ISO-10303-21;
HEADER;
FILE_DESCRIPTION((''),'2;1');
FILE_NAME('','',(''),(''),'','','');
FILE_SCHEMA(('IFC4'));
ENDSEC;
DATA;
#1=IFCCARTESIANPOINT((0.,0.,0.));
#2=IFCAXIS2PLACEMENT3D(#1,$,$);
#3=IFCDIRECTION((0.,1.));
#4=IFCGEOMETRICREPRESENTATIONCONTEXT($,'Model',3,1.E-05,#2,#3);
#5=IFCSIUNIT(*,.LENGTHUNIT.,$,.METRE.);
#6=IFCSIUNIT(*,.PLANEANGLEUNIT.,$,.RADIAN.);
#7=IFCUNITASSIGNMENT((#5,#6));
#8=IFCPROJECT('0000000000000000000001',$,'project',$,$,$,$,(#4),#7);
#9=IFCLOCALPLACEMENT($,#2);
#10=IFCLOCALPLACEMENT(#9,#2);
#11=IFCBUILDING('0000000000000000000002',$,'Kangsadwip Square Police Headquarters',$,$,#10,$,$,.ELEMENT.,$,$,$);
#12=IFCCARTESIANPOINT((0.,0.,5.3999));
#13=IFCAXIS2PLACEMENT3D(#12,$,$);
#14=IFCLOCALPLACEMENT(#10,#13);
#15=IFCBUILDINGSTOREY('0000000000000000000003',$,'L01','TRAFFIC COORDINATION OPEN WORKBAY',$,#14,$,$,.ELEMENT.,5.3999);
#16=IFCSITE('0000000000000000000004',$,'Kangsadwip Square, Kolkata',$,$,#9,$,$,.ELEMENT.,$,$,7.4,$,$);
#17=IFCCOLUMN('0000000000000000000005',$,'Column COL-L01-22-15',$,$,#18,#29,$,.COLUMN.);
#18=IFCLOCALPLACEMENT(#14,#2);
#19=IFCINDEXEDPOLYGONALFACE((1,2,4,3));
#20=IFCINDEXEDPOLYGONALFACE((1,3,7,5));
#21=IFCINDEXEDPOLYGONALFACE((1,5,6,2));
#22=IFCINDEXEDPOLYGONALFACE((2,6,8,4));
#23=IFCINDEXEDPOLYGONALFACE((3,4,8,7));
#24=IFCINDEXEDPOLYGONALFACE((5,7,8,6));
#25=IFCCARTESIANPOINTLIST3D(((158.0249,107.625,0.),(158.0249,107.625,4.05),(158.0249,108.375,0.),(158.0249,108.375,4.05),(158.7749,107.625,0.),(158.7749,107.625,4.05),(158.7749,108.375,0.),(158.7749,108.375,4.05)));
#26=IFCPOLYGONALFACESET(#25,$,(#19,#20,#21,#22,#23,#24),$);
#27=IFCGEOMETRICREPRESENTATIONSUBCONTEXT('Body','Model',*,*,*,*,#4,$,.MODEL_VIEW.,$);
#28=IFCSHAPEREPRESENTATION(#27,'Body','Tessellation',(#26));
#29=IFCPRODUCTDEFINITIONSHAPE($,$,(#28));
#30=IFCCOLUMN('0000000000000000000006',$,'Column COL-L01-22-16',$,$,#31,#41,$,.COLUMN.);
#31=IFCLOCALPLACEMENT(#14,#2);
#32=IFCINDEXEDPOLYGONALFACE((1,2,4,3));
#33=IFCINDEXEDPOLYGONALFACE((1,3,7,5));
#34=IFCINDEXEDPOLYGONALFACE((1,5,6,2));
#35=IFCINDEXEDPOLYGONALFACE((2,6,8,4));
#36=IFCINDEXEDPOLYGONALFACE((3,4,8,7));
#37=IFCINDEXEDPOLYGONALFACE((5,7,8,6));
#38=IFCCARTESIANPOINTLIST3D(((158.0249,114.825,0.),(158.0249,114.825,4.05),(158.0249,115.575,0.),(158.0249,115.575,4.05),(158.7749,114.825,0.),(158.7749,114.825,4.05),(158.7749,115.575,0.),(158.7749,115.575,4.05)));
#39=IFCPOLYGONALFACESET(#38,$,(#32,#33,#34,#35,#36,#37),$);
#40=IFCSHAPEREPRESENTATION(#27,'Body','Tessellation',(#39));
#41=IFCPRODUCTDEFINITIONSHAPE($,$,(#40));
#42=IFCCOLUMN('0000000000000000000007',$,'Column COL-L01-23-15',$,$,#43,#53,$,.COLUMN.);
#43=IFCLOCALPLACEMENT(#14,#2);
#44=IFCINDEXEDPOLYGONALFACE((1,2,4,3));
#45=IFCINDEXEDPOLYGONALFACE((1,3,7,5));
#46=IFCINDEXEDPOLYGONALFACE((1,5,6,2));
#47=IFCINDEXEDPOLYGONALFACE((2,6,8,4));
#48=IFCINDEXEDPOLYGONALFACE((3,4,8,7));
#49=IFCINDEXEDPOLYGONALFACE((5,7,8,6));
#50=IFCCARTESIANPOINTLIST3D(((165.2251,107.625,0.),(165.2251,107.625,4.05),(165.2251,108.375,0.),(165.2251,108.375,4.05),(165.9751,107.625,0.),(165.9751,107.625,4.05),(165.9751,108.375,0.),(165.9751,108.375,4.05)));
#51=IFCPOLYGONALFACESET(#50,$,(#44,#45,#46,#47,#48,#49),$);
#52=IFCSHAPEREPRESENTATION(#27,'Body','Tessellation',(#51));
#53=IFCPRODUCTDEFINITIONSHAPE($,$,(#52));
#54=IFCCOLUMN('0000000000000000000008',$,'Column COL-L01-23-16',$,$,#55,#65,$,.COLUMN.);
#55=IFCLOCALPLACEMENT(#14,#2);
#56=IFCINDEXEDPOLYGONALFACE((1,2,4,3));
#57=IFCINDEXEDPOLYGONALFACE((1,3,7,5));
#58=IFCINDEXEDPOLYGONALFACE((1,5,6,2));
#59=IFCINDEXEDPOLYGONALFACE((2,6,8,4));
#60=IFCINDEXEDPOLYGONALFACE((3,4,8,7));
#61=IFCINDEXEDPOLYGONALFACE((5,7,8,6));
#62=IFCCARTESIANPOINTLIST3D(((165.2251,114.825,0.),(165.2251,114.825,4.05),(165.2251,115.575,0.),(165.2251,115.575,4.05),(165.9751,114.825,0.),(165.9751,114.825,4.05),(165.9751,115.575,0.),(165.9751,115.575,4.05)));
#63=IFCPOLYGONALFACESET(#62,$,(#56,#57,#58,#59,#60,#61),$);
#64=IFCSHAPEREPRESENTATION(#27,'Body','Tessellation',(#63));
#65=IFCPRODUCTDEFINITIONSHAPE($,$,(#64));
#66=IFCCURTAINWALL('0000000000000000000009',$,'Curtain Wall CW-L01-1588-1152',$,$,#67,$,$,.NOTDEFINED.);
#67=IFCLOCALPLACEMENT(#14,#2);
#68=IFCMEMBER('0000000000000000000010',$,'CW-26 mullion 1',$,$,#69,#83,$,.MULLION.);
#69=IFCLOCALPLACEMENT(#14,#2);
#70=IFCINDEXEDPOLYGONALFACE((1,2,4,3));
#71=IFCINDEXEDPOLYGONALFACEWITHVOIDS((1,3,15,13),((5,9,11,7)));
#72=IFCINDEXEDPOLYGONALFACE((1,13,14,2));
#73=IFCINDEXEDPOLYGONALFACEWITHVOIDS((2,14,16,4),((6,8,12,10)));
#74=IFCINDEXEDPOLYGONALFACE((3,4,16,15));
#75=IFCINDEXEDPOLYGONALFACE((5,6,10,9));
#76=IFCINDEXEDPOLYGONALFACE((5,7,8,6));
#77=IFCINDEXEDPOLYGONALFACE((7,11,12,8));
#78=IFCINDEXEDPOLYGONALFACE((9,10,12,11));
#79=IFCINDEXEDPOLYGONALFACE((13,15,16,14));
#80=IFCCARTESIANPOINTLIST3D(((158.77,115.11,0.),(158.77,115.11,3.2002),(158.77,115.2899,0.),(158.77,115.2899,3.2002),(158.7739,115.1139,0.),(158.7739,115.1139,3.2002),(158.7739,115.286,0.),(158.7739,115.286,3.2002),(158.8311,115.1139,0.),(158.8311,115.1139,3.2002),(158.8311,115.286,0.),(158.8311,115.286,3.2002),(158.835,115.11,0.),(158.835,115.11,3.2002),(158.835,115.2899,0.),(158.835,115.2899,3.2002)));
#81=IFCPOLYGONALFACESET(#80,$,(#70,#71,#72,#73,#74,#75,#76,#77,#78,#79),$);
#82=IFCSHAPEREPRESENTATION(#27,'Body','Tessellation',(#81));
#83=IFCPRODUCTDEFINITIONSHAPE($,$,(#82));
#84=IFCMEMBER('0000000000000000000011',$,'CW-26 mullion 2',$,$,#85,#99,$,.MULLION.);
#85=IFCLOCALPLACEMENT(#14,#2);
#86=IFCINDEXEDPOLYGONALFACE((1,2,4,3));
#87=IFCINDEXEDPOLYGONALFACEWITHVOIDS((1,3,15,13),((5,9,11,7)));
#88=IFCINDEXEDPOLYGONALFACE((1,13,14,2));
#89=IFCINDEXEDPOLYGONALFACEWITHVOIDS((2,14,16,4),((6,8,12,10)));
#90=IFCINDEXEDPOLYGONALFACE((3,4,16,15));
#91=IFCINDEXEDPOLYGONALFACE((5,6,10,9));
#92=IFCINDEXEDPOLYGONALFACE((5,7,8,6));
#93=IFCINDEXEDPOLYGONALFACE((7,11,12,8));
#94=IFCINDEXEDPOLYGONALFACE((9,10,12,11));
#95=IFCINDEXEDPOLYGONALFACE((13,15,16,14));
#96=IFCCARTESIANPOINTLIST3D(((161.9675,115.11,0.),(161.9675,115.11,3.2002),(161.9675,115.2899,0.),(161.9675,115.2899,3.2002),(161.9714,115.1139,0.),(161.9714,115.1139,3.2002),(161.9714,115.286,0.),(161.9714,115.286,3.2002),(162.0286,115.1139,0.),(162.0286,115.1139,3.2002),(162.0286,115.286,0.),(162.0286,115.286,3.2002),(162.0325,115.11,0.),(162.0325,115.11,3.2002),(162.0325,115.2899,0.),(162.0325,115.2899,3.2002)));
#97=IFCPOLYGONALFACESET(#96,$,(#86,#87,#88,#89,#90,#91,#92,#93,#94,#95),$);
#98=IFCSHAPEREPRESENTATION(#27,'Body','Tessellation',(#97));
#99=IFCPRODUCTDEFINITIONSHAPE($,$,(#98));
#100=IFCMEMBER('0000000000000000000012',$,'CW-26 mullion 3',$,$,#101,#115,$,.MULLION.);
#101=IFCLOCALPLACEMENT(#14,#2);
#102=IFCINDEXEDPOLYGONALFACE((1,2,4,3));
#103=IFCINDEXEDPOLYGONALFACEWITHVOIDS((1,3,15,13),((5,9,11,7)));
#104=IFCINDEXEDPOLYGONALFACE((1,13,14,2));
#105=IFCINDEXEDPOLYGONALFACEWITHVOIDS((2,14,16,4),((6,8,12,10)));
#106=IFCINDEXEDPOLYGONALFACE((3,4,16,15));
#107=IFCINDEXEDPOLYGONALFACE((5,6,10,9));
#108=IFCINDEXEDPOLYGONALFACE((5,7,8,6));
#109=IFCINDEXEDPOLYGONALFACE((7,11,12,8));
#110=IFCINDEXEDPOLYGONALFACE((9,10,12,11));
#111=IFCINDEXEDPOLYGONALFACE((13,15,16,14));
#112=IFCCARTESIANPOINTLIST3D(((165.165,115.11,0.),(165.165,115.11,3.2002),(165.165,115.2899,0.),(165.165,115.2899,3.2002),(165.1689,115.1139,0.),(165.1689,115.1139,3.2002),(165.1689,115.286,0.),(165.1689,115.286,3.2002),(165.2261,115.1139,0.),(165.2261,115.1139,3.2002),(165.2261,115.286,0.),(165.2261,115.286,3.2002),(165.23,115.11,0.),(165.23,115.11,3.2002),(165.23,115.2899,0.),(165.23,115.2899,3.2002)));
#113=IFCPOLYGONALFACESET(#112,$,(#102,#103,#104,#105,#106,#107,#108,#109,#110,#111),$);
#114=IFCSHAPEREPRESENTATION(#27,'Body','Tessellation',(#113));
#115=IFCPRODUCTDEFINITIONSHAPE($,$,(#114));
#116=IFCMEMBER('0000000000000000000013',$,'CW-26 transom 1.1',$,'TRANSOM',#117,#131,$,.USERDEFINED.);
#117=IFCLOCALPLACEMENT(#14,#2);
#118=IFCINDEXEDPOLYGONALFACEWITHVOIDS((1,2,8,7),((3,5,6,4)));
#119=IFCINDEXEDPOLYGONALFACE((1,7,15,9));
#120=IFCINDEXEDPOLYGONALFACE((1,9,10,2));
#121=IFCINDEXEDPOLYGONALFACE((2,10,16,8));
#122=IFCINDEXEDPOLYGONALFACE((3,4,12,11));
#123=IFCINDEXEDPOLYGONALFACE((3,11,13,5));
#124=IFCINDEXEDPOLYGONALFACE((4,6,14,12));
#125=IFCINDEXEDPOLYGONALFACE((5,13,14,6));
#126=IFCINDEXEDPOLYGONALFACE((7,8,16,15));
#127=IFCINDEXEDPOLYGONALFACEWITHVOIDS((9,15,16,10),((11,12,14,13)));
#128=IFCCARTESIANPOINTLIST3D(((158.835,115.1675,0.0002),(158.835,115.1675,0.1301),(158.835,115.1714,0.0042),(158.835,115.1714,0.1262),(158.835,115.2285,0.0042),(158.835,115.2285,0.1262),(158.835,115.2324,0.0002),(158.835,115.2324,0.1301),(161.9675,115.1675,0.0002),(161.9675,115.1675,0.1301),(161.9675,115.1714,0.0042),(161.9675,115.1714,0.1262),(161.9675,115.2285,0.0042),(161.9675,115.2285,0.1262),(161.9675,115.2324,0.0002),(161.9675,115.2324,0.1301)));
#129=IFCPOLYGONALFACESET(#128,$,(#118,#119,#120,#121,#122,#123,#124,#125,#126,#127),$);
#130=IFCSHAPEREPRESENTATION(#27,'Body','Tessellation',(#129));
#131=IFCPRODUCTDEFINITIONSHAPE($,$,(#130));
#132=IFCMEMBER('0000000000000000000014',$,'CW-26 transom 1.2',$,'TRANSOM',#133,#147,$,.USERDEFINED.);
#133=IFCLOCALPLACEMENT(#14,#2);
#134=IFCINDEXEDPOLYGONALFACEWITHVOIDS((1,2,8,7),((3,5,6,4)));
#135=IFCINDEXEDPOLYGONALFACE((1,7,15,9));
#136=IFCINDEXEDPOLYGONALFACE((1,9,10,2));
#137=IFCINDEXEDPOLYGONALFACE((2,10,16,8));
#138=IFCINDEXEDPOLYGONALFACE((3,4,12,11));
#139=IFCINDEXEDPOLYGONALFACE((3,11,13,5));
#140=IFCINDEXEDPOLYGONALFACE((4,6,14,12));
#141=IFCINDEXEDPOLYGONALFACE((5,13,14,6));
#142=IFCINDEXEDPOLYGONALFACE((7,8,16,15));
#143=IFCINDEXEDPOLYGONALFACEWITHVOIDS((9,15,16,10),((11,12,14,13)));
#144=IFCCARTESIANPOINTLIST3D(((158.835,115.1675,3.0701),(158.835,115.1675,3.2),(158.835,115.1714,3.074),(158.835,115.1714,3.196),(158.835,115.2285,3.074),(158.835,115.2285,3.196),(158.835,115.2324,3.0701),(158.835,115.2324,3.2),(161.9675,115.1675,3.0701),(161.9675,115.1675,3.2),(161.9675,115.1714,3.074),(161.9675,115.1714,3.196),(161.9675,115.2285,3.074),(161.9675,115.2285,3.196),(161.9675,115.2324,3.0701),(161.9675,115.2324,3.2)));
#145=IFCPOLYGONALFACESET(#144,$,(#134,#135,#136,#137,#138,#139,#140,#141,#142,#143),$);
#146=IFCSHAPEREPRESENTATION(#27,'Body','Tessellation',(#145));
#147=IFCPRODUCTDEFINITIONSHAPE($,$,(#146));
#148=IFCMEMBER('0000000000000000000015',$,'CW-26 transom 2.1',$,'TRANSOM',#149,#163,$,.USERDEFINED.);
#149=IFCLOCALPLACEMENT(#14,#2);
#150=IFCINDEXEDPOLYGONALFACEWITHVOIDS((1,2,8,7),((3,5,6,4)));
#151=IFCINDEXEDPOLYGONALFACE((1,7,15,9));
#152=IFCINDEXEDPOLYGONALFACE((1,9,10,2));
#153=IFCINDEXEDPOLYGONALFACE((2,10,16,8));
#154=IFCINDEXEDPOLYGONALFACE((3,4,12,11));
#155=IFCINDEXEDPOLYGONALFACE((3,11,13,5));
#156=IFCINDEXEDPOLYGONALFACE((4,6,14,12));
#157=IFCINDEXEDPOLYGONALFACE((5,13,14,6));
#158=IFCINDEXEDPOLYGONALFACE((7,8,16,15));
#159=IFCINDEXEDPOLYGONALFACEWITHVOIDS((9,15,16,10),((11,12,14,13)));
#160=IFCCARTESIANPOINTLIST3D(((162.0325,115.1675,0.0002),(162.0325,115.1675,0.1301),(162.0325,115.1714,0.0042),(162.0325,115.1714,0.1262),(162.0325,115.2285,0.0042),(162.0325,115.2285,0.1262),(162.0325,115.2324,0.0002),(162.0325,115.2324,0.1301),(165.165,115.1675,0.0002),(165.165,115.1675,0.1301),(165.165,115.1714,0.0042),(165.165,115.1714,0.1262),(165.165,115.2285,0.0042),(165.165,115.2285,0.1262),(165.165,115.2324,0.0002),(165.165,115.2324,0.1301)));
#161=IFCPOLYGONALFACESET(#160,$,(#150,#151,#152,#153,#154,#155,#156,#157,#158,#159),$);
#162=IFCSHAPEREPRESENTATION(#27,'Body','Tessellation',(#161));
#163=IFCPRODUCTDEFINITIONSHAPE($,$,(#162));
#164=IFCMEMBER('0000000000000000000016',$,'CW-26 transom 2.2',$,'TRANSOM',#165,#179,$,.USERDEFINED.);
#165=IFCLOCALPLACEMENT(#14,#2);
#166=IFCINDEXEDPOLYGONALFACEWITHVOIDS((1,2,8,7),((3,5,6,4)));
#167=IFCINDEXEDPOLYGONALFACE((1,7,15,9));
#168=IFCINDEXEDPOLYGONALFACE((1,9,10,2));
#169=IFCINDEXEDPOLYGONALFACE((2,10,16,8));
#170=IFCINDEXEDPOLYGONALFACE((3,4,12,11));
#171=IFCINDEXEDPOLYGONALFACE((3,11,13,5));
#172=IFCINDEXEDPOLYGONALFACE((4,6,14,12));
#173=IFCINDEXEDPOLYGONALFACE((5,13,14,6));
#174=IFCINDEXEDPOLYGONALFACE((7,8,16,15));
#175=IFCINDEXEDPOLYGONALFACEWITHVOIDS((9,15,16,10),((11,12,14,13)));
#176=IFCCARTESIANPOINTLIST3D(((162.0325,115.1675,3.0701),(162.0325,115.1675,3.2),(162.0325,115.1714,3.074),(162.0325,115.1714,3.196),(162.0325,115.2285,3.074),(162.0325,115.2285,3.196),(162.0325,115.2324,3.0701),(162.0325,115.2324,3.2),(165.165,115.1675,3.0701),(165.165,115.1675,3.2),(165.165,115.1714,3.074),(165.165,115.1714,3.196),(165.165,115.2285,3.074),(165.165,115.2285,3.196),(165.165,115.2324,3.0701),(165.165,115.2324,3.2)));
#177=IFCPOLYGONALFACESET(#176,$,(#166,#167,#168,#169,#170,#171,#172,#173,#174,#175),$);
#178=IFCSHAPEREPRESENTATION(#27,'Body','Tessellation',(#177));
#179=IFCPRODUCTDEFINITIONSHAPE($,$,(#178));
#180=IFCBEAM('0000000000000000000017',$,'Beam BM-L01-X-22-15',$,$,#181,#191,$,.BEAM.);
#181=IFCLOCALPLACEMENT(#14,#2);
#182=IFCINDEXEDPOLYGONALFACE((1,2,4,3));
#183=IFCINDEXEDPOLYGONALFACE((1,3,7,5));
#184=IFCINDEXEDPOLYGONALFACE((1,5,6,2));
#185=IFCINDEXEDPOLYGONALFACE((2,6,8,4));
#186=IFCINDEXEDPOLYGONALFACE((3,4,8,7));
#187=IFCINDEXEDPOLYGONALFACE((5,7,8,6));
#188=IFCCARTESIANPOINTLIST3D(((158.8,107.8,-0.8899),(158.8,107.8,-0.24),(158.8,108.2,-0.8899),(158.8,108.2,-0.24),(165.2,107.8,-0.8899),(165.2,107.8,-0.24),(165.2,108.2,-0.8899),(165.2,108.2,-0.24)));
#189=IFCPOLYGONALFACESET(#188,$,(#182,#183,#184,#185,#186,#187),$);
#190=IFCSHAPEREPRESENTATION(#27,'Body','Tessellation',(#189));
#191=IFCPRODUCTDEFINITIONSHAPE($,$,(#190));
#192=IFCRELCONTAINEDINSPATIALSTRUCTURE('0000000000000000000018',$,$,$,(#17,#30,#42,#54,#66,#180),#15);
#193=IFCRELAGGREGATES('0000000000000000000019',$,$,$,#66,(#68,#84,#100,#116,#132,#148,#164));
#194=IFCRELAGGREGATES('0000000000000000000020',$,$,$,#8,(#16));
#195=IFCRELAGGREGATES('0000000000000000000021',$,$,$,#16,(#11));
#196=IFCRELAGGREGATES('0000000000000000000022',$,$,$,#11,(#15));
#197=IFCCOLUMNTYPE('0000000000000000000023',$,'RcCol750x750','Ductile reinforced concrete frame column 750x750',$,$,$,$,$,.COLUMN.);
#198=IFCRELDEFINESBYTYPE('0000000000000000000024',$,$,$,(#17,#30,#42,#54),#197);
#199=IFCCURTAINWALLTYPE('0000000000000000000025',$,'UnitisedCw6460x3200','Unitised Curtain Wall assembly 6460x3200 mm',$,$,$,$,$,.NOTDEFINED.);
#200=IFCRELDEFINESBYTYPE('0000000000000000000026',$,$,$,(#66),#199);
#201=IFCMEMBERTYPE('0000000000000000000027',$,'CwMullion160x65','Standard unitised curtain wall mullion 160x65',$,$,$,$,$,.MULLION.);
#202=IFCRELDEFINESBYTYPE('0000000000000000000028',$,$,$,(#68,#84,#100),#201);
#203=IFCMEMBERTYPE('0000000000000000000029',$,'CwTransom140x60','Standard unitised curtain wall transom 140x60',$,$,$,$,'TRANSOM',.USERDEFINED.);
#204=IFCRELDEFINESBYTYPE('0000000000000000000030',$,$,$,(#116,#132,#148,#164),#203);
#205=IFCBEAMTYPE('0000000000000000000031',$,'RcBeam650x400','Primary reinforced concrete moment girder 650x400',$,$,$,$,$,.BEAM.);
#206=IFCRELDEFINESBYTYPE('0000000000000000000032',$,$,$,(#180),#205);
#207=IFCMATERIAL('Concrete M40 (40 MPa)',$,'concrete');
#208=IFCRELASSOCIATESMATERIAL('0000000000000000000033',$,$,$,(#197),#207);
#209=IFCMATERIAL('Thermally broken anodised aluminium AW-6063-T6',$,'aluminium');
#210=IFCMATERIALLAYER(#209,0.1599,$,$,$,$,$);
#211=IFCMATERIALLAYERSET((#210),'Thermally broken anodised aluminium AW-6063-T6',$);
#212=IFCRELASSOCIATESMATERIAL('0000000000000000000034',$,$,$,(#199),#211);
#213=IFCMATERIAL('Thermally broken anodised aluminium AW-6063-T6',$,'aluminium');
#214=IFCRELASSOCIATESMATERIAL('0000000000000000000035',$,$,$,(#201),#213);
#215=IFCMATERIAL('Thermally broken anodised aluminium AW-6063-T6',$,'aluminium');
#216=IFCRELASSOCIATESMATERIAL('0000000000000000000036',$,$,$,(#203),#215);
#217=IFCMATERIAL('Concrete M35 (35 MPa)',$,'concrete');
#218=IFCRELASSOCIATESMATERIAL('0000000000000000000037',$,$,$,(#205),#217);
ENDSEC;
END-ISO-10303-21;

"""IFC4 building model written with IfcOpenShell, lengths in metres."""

from ifc_helpers import new_model, si_unit, direction, frame, origin, origin_2d, place, context, subcontext, project, spatial, rectangle, hollow_rectangle, extrude, material, layer, layer_set, material_profile, profile_set, type_object, element, aggregate, save


model = new_model("IFC4")

# Units and contexts
model_context = context("Model", 3, precision=1e-05, world=origin(), true_north=direction((0.0, 1.0)))
body_context = subcontext(model_context, "Body", "Model", "MODEL_VIEW")
ifc_project = project(units=[si_unit("LENGTHUNIT", "METRE"), si_unit("PLANEANGLEUNIT", "RADIAN")], contexts=[model_context])

# Site, building, storey
site_placement = place(None, origin())
site = spatial("IfcSite", under=ifc_project, at=site_placement, Name="Kangsadwip Square, Kolkata", CompositionType="ELEMENT", RefElevation=7.4)
building_placement = place(site_placement, origin())
building = spatial("IfcBuilding", under=site, at=building_placement, Name="Kangsadwip Square Police Headquarters", CompositionType="ELEMENT")
storey_placement = place(building_placement, frame((0.0, 0.0, 5.3999)))
storey = spatial("IfcBuildingStorey", under=building, at=storey_placement, Name="L01", Description="TRAFFIC COORDINATION OPEN WORKBAY", CompositionType="ELEMENT", Elevation=5.3999)

# Columns
ifc_material_1 = material(Name="Concrete M40 (40 MPa)", Category="concrete")
ifc_material_profile_1 = material_profile(ifc_material_1, rectangle(XDim=0.75, YDim=0.75, at=origin_2d()), Name="RC COL 750X750")
ifc_profile_set_1 = profile_set([ifc_material_profile_1], Name="Concrete M40 (40 MPa)")
column_type = type_object("IfcColumnType", Name="RcCol750x750", Description="Ductile reinforced concrete frame column 750x750", PredefinedType="COLUMN", material=ifc_profile_set_1)
for number, where, z_axis, x_axis, name in (
    (1, (158.3999, 108.0, 0.0), (0.0, 0.0, 1.0), (1.0, 0.0, 0.0), "Column COL-L01-22-15"),
    (2, (158.3999, 115.2, 0.0), (0.0, 0.0, 1.0), (1.0, 0.0, 0.0), "Column COL-L01-22-16"),
    (3, (165.6001, 108.0, 0.0), (0.0, 0.0, 1.0), (1.0, 0.0, 0.0), "Column COL-L01-23-15"),
    (4, (165.6001, 115.2, 0.0), (0.0, 0.0, 1.0), (1.0, 0.0, 0.0), "Column COL-L01-23-16"),
):
    element("IfcColumn", number, at=place(storey_placement, frame(where, z_axis=z_axis, x_axis=x_axis)), inside=storey, type_object=column_type, Name=name, PredefinedType="COLUMN", context=body_context, shape_type="SweptSolid", body=[
        extrude(rectangle(XDim=0.75, YDim=0.75, at=origin_2d()), origin(), (0.0, 0.0, 1.0), 4.05),
    ])

# Curtain wall, members
ifc_material_2 = material(Name="Thermally broken anodised aluminium AW-6063-T6", Category="aluminium")
ifc_layer_1 = layer(ifc_material_2, 0.1599)
ifc_layer_set_1 = layer_set([ifc_layer_1], Name="Thermally broken anodised aluminium AW-6063-T6")
curtain_wall_type = type_object("IfcCurtainWallType", Name="UnitisedCw6460x3200", Description="Unitised Curtain Wall assembly 6460x3200 mm", PredefinedType="NOTDEFINED", material=ifc_layer_set_1)
curtain_wall_placement = place(storey_placement, origin())
curtain_wall = element("IfcCurtainWall", 5, at=curtain_wall_placement, inside=storey, type_object=curtain_wall_type, Name="Curtain Wall CW-L01-1588-1152", PredefinedType="NOTDEFINED")
ifc_material_3 = material(Name="Thermally broken anodised aluminium AW-6063-T6", Category="aluminium")
ifc_material_profile_2 = material_profile(ifc_material_3, hollow_rectangle(XDim=0.0649, YDim=0.1799, WallThickness=0.0039, at=origin_2d()), Name="CWM 180X65X4")
ifc_profile_set_2 = profile_set([ifc_material_profile_2], Name="Thermally broken anodised aluminium AW-6063-T6")
member_type_1 = type_object("IfcMemberType", Name="CwMullion160x65", Description="Standard unitised curtain wall mullion 160x65", PredefinedType="MULLION", material=ifc_profile_set_2)
member_1_placement = place(storey_placement, frame((158.8025, 115.2, 0.0), z_axis=(0.0, 0.0, 1.0), x_axis=(1.0, 0.0, 0.0)))
member_1 = element("IfcMember", 6, at=member_1_placement, type_object=member_type_1, Name="CW-26 mullion 1", PredefinedType="MULLION", context=body_context, shape_type="SweptSolid", body=[
    extrude(hollow_rectangle(XDim=0.0649, YDim=0.1799, WallThickness=0.0039, at=origin_2d()), origin(), (0.0, 0.0, 1.0), 3.2002),
])
member_2_placement = place(storey_placement, frame((162.0, 115.2, 0.0), z_axis=(0.0, 0.0, 1.0), x_axis=(1.0, 0.0, 0.0)))
member_2 = element("IfcMember", 7, at=member_2_placement, type_object=member_type_1, Name="CW-26 mullion 2", PredefinedType="MULLION", context=body_context, shape_type="SweptSolid", body=[
    extrude(hollow_rectangle(XDim=0.0649, YDim=0.1799, WallThickness=0.0039, at=origin_2d()), origin(), (0.0, 0.0, 1.0), 3.2002),
])
member_3_placement = place(storey_placement, frame((165.1975, 115.2, 0.0), z_axis=(0.0, 0.0, 1.0), x_axis=(1.0, 0.0, 0.0)))
member_3 = element("IfcMember", 8, at=member_3_placement, type_object=member_type_1, Name="CW-26 mullion 3", PredefinedType="MULLION", context=body_context, shape_type="SweptSolid", body=[
    extrude(hollow_rectangle(XDim=0.0649, YDim=0.1799, WallThickness=0.0039, at=origin_2d()), origin(), (0.0, 0.0, 1.0), 3.2002),
])
ifc_material_4 = material(Name="Thermally broken anodised aluminium AW-6063-T6", Category="aluminium")
ifc_material_profile_3 = material_profile(ifc_material_4, hollow_rectangle(XDim=0.0649, YDim=0.1299, WallThickness=0.0039, at=origin_2d()), Name="CWT 130X65X4")
ifc_profile_set_3 = profile_set([ifc_material_profile_3], Name="Thermally broken anodised aluminium AW-6063-T6")
member_type_2 = type_object("IfcMemberType", Name="CwTransom140x60", Description="Standard unitised curtain wall transom 140x60", ElementType="TRANSOM", PredefinedType="USERDEFINED", material=ifc_profile_set_3)
member_4_placement = place(storey_placement, frame((158.835, 115.2, 0.0652), z_axis=(1.0, 0.0, 0.0), x_axis=(0.0, 1.0, 0.0)))
member_4 = element("IfcMember", 9, at=member_4_placement, type_object=member_type_2, Name="CW-26 transom 1.1", ObjectType="TRANSOM", PredefinedType="USERDEFINED", context=body_context, shape_type="SweptSolid", body=[
    extrude(hollow_rectangle(XDim=0.0649, YDim=0.1299, WallThickness=0.0039, at=origin_2d()), origin(), (0.0, 0.0, 1.0), 3.1326),
])
member_5_placement = place(storey_placement, frame((158.835, 115.2, 3.135), z_axis=(1.0, 0.0, 0.0), x_axis=(0.0, 1.0, 0.0)))
member_5 = element("IfcMember", 10, at=member_5_placement, type_object=member_type_2, Name="CW-26 transom 1.2", ObjectType="TRANSOM", PredefinedType="USERDEFINED", context=body_context, shape_type="SweptSolid", body=[
    extrude(hollow_rectangle(XDim=0.0649, YDim=0.1299, WallThickness=0.0039, at=origin_2d()), origin(), (0.0, 0.0, 1.0), 3.1326),
])
member_6_placement = place(storey_placement, frame((162.0325, 115.2, 0.0652), z_axis=(1.0, 0.0, 0.0), x_axis=(0.0, 1.0, 0.0)))
member_6 = element("IfcMember", 11, at=member_6_placement, type_object=member_type_2, Name="CW-26 transom 2.1", ObjectType="TRANSOM", PredefinedType="USERDEFINED", context=body_context, shape_type="SweptSolid", body=[
    extrude(hollow_rectangle(XDim=0.0649, YDim=0.1299, WallThickness=0.0039, at=origin_2d()), origin(), (0.0, 0.0, 1.0), 3.1326),
])
member_7_placement = place(storey_placement, frame((162.0325, 115.2, 3.135), z_axis=(1.0, 0.0, 0.0), x_axis=(0.0, 1.0, 0.0)))
member_7 = element("IfcMember", 12, at=member_7_placement, type_object=member_type_2, Name="CW-26 transom 2.2", ObjectType="TRANSOM", PredefinedType="USERDEFINED", context=body_context, shape_type="SweptSolid", body=[
    extrude(hollow_rectangle(XDim=0.0649, YDim=0.1299, WallThickness=0.0039, at=origin_2d()), origin(), (0.0, 0.0, 1.0), 3.1326),
])

# Beam
ifc_material_5 = material(Name="Concrete M35 (35 MPa)", Category="concrete")
ifc_material_profile_4 = material_profile(ifc_material_5, rectangle(XDim=0.3999, YDim=0.6499, at=origin_2d()), Name="RC BM 650X400")
ifc_profile_set_4 = profile_set([ifc_material_profile_4], Name="Concrete M35 (35 MPa)")
beam_type_1 = type_object("IfcBeamType", Name="RcBeam650x400", Description="Primary reinforced concrete moment girder 650x400", PredefinedType="BEAM", material=ifc_profile_set_4)
beam_1_placement = place(storey_placement, frame((158.8, 108.0, -0.5649), z_axis=(1.0, 0.0, 0.0), x_axis=(0.0, 1.0, 0.0)))
element("IfcBeam", 13, at=beam_1_placement, inside=storey, type_object=beam_type_1, Name="Beam BM-L01-X-22-15", PredefinedType="BEAM", context=body_context, shape_type="SweptSolid", body=[
    extrude(rectangle(XDim=0.3999, YDim=0.6499, at=origin_2d()), origin(), (0.0, 0.0, 1.0), 6.3999),
])

aggregate(curtain_wall, [member_1, member_2, member_3, member_4, member_5, member_6, member_7])

save(model, "model.ifc")
